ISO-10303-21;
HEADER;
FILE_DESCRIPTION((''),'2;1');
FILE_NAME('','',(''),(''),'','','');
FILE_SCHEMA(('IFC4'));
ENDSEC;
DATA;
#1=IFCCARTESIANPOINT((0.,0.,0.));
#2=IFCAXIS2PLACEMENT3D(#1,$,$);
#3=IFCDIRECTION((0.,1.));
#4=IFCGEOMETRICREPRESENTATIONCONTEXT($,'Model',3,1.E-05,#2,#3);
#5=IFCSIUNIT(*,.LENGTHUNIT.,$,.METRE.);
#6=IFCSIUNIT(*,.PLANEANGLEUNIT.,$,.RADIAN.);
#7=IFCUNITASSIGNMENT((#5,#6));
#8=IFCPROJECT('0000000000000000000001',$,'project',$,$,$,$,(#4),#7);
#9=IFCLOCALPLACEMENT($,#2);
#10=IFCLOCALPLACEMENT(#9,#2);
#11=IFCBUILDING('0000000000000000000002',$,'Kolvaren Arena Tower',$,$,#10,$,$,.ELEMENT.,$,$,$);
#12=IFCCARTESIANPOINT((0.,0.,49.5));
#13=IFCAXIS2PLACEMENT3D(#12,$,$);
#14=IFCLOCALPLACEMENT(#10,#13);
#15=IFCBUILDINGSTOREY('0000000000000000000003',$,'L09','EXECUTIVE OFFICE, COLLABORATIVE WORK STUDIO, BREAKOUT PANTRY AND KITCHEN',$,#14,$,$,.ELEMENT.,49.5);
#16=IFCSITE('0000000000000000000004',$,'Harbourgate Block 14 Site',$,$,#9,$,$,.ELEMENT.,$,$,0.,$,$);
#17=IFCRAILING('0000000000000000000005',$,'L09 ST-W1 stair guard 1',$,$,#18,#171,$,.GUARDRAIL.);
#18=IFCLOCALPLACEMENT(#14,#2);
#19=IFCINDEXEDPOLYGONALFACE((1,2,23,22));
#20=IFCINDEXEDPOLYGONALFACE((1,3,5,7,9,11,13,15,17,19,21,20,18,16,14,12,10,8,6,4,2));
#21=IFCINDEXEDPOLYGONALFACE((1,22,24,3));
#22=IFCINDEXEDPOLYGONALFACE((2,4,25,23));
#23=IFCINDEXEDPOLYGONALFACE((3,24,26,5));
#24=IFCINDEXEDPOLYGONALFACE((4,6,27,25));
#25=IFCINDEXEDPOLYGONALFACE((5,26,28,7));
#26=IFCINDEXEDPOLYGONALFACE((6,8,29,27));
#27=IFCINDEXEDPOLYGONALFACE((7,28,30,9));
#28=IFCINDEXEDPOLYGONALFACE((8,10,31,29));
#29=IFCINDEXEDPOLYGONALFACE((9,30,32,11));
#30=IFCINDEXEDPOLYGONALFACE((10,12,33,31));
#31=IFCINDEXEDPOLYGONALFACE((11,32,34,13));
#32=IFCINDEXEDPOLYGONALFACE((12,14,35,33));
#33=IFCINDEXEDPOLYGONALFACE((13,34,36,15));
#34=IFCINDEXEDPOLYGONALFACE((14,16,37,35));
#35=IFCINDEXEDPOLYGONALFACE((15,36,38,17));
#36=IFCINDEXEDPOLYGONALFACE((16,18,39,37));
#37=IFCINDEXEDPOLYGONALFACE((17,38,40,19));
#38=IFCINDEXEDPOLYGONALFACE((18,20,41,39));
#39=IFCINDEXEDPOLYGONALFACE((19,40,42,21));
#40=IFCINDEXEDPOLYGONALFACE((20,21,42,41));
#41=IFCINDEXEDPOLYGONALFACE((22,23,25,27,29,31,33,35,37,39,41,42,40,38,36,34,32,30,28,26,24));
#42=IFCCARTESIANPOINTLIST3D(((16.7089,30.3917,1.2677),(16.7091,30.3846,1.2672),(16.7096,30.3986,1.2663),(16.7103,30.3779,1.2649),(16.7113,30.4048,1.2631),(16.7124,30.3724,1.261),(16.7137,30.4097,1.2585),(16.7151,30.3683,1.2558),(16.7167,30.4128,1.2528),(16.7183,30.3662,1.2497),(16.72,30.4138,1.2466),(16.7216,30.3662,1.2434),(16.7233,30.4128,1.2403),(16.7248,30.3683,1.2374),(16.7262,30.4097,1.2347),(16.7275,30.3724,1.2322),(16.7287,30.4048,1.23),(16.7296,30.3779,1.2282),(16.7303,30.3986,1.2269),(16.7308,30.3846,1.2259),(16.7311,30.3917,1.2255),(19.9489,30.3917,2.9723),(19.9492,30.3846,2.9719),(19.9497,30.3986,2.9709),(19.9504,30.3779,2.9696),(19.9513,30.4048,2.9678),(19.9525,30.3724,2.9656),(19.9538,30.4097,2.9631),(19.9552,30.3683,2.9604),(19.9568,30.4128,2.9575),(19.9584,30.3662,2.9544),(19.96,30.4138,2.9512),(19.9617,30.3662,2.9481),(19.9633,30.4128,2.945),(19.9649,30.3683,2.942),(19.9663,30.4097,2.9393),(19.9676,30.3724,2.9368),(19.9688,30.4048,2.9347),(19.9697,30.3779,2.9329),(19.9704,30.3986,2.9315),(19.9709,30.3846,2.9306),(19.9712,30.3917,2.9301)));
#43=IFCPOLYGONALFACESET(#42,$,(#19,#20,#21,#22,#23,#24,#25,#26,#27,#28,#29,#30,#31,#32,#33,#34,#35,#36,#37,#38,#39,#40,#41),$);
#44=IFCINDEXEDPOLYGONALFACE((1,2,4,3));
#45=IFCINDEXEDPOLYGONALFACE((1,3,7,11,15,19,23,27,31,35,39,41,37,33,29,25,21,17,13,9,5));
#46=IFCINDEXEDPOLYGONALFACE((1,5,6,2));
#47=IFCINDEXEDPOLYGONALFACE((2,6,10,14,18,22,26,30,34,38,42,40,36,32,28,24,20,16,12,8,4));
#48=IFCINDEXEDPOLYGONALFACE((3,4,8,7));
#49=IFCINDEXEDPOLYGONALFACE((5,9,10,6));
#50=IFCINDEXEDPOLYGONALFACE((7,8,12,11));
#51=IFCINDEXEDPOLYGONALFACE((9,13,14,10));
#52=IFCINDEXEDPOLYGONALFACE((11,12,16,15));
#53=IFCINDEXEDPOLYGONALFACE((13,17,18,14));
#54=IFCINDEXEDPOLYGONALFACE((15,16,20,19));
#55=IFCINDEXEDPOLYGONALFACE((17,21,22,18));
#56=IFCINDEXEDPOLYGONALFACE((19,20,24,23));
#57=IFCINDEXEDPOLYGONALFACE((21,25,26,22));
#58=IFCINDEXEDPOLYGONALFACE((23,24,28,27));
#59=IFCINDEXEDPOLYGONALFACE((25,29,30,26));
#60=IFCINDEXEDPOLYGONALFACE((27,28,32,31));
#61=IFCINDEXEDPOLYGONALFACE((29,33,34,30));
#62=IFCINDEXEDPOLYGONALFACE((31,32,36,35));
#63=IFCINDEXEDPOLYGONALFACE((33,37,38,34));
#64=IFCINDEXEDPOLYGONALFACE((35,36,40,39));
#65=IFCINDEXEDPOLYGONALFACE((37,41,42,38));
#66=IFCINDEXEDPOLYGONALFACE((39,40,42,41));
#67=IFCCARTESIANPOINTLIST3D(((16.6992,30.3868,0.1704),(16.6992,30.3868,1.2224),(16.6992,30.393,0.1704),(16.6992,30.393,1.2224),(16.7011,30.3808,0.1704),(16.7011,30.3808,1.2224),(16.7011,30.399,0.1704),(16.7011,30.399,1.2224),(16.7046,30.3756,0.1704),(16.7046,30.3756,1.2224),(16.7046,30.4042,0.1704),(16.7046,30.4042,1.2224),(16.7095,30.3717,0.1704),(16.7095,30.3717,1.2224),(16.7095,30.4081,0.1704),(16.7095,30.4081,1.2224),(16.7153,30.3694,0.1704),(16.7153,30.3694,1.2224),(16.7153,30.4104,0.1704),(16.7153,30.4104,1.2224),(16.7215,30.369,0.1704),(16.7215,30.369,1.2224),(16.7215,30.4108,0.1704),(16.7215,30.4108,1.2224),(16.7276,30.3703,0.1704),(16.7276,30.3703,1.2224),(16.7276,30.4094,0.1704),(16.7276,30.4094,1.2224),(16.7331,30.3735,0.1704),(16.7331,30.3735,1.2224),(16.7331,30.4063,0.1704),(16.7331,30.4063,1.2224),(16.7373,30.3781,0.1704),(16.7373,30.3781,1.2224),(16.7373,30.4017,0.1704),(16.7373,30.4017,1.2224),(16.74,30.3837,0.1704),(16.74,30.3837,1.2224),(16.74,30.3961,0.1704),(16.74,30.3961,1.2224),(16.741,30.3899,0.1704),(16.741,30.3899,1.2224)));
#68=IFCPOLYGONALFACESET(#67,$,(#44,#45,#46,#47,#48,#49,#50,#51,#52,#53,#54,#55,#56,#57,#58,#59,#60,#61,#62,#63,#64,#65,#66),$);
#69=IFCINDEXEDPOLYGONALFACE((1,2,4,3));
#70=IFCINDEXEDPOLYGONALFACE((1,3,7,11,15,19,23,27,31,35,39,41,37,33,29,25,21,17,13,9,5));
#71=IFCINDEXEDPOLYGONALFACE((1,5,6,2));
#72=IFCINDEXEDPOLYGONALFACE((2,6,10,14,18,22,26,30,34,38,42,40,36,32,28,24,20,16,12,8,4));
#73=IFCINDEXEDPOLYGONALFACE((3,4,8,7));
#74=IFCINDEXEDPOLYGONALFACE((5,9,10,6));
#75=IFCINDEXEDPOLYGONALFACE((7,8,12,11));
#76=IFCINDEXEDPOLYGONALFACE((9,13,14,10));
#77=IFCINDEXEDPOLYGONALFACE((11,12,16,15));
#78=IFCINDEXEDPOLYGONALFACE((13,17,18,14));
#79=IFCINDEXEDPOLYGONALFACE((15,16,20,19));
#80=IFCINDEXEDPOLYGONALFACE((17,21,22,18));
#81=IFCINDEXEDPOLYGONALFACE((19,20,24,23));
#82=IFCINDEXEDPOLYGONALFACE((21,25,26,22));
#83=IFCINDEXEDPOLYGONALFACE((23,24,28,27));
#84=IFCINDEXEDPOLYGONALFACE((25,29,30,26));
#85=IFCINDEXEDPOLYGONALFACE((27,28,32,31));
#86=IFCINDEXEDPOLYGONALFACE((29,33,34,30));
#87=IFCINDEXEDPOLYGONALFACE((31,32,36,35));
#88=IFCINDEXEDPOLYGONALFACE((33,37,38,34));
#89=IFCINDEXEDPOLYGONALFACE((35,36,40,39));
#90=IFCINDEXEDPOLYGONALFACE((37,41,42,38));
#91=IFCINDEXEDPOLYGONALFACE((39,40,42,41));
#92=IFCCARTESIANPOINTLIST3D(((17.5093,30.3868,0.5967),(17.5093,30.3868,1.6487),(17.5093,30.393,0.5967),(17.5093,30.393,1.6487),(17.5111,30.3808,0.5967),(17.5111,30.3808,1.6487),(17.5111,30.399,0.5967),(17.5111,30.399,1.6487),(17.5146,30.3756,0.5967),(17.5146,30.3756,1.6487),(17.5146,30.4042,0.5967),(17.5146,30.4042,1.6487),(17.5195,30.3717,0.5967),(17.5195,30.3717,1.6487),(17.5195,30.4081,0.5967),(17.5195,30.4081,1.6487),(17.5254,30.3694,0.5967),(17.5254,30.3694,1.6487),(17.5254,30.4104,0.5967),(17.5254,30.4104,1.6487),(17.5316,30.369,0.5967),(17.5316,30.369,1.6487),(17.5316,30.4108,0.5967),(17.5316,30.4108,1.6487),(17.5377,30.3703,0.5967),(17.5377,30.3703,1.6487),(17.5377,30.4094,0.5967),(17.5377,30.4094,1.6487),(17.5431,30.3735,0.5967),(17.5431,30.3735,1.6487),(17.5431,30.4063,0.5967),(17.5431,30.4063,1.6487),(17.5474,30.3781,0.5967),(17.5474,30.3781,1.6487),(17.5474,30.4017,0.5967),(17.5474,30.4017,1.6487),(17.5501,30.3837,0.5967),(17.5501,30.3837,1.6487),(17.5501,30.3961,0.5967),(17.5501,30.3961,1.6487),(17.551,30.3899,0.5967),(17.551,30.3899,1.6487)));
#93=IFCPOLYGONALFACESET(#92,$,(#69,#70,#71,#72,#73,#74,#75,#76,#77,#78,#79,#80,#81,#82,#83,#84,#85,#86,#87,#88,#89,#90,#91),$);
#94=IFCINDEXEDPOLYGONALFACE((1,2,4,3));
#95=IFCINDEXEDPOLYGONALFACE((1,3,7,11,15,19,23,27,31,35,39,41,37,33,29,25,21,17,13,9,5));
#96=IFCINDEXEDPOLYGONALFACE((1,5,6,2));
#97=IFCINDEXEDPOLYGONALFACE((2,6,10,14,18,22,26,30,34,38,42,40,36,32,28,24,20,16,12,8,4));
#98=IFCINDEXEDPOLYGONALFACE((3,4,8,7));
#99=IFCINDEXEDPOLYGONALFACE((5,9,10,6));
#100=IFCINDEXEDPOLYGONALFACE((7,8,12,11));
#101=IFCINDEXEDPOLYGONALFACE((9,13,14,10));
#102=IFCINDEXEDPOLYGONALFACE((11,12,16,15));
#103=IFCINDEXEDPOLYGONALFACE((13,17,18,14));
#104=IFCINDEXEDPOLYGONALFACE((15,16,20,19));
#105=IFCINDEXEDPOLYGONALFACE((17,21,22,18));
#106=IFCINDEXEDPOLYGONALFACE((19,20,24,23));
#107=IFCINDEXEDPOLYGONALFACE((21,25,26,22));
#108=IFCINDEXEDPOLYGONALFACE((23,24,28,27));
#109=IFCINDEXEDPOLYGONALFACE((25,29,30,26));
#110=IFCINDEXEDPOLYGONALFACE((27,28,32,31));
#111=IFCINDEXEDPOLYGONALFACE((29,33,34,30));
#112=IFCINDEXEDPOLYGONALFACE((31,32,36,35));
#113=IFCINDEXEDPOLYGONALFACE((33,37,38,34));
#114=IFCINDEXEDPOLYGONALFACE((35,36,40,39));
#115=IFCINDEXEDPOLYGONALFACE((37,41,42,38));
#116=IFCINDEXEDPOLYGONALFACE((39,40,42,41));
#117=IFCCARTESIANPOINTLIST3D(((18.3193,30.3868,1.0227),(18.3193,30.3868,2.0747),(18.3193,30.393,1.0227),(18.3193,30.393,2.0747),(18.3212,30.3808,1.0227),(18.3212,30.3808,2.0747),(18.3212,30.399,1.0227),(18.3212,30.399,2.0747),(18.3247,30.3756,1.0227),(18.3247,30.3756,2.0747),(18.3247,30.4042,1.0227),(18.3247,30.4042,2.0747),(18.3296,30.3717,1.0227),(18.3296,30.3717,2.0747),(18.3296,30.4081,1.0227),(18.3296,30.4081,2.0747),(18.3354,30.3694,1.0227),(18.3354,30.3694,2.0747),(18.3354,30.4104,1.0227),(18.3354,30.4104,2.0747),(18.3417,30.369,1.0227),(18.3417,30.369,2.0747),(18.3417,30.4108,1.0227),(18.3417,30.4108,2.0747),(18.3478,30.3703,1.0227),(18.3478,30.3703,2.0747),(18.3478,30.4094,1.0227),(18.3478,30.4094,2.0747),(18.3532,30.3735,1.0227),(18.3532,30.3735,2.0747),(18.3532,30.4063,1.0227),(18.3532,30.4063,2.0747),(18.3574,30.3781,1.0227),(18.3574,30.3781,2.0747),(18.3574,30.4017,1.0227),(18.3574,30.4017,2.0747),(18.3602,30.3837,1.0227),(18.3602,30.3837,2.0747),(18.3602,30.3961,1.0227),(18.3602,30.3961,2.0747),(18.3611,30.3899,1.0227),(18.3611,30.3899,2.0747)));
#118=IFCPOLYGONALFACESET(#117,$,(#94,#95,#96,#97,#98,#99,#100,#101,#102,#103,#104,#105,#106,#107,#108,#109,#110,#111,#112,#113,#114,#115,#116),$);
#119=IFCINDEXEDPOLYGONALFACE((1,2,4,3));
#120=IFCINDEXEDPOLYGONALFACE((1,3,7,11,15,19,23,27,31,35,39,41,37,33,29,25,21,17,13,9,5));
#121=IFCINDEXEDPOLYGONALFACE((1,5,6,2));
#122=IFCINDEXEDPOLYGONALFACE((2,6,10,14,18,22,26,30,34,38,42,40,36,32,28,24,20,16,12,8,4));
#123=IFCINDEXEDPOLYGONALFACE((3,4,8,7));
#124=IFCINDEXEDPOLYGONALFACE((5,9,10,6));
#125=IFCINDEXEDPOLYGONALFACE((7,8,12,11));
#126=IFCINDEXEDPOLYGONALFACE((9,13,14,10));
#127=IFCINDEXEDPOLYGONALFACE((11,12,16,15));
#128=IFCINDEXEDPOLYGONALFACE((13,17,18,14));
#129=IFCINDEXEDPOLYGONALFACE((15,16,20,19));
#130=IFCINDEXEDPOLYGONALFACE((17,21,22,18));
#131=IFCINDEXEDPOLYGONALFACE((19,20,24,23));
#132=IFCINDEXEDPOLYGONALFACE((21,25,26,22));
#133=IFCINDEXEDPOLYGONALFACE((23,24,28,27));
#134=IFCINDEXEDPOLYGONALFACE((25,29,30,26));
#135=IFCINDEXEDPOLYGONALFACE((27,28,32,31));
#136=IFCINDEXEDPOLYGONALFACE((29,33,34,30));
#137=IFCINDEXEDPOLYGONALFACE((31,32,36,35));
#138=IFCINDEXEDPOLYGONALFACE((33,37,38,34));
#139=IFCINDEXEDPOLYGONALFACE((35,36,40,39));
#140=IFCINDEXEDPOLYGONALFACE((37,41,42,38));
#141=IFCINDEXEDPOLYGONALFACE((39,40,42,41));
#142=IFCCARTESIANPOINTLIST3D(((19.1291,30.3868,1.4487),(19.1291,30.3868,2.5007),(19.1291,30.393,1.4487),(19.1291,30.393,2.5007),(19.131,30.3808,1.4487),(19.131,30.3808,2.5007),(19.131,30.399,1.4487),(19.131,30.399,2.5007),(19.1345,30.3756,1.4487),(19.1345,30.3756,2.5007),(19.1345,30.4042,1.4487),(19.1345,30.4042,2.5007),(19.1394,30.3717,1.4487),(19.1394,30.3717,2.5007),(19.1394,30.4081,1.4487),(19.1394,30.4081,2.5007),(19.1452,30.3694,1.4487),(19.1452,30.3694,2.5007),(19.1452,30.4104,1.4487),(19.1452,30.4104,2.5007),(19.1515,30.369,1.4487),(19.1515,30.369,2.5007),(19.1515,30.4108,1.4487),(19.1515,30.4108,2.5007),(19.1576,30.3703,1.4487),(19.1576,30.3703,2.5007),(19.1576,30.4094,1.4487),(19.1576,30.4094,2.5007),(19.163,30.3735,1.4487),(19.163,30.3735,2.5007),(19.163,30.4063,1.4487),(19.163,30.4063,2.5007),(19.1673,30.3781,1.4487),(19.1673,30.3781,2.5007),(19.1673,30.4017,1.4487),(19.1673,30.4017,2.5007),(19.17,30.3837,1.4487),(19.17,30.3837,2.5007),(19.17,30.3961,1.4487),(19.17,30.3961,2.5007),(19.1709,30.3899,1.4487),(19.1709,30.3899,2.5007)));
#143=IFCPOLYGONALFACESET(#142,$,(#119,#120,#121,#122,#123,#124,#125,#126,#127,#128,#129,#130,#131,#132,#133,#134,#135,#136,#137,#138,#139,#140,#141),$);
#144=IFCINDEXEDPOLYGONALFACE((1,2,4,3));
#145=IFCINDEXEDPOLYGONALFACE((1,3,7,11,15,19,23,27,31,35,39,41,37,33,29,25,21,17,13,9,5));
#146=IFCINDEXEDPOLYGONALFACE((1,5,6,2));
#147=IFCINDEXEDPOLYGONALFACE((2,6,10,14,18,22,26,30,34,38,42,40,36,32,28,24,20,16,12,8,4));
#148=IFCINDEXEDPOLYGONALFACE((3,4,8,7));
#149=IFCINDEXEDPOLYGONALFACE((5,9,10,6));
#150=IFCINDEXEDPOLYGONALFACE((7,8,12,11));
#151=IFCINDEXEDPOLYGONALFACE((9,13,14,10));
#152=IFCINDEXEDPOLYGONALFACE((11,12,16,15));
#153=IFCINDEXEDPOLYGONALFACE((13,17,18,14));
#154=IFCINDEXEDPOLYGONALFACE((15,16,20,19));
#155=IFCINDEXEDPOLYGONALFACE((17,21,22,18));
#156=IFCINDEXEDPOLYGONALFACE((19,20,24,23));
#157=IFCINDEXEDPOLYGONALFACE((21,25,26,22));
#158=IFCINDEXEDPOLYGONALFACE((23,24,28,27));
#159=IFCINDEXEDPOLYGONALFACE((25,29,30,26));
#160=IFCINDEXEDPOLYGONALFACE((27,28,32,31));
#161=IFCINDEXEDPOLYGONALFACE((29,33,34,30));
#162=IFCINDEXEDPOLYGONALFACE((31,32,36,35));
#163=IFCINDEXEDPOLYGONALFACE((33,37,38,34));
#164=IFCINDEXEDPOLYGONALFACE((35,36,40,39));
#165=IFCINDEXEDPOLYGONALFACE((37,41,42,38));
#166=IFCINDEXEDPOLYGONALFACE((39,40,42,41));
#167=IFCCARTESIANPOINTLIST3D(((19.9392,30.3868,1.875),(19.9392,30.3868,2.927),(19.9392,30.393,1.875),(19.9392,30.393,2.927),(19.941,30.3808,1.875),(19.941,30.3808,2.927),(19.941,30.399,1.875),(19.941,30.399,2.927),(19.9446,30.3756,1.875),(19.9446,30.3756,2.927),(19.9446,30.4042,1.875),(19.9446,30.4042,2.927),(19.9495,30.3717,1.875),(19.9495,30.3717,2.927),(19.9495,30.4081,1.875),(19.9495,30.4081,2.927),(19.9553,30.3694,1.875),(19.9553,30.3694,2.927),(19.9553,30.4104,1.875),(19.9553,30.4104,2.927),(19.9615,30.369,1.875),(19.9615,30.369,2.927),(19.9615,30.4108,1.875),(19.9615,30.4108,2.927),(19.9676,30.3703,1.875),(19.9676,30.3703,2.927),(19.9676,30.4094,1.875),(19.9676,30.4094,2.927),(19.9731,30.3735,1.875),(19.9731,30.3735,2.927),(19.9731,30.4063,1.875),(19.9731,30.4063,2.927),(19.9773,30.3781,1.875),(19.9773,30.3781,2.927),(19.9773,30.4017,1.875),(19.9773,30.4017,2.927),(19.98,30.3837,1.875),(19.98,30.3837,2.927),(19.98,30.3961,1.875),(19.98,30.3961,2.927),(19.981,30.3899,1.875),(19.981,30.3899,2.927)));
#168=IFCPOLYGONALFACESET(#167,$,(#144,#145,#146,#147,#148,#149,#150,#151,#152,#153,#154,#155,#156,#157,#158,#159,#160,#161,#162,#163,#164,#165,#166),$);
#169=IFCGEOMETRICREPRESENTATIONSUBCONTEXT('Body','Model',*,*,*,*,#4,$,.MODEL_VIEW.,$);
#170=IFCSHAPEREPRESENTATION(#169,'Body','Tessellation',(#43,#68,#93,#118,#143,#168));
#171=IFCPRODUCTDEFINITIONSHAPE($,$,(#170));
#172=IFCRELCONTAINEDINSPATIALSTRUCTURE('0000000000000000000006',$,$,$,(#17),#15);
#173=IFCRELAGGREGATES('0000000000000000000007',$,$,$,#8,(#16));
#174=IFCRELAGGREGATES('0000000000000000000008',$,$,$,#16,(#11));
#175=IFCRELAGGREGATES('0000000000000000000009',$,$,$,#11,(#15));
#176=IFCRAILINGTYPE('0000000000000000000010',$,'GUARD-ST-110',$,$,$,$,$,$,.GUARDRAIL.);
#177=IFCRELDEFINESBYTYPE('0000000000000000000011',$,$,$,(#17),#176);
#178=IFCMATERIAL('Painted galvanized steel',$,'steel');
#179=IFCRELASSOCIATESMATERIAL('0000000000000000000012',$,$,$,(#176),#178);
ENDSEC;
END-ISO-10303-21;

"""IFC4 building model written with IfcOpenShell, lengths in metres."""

from ifc_helpers import new_model, si_unit, direction, frame, origin, origin_2d, place, context, subcontext, project, spatial, circle, extrude, material, type_object, element, save


model = new_model("IFC4")

# Units and contexts
model_context = context("Model", 3, precision=1e-05, world=origin(), true_north=direction((0.0, 1.0)))
body_context = subcontext(model_context, "Body", "Model", "MODEL_VIEW")
ifc_project = project(units=[si_unit("LENGTHUNIT", "METRE"), si_unit("PLANEANGLEUNIT", "RADIAN")], contexts=[model_context])

# Site, building, storey
site_placement = place(None, origin())
site = spatial("IfcSite", under=ifc_project, at=site_placement, Name="Harbourgate Block 14 Site", CompositionType="ELEMENT", RefElevation=0.0)
building_placement = place(site_placement, origin())
building = spatial("IfcBuilding", under=site, at=building_placement, Name="Kolvaren Arena Tower", CompositionType="ELEMENT")
storey_placement = place(building_placement, frame((0.0, 0.0, 49.5)))
storey = spatial("IfcBuildingStorey", under=building, at=storey_placement, Name="L09", Description="EXECUTIVE OFFICE, COLLABORATIVE WORK STUDIO, BREAKOUT PANTRY AND KITCHEN", CompositionType="ELEMENT", Elevation=49.5)

# Railing
ifc_material_1 = material(Name="Painted galvanized steel", Category="steel")
railing_type = type_object("IfcRailingType", Name="GUARD-ST-110", PredefinedType="GUARDRAIL", material=ifc_material_1)
railing_1_placement = place(storey_placement, frame((16.72, 30.3899, 0.1704)))
element("IfcRailing", 1, at=railing_1_placement, inside=storey, type_object=railing_type, Name="L09 ST-W1 stair guard 1", PredefinedType="GUARDRAIL", context=body_context, shape_type="SweptSolid", body=[
    extrude(circle(Radius=0.0239, at=origin_2d()), frame((0.0, 0.0, 1.0762), z_axis=(0.884993, 0.0, 0.465604), x_axis=(0.0, 1.0, 0.0)), (0.0, 0.0, 1.0), 3.6611),
    extrude(circle(Radius=0.021, at=origin_2d()), origin(), (0.0, 0.0, 1.0), 1.052),
    extrude(circle(Radius=0.021, at=origin_2d()), frame((0.8101, 0.0, 0.4263)), (0.0, 0.0, 1.0), 1.052),
    extrude(circle(Radius=0.021, at=origin_2d()), frame((1.6201, 0.0, 0.8523)), (0.0, 0.0, 1.0), 1.052),
    extrude(circle(Radius=0.021, at=origin_2d()), frame((2.4299, 0.0, 1.2783)), (0.0, 0.0, 1.0), 1.052),
    extrude(circle(Radius=0.021, at=origin_2d()), frame((3.24, 0.0, 1.7046)), (0.0, 0.0, 1.0), 1.052),
])

save(model, "model.ifc")
